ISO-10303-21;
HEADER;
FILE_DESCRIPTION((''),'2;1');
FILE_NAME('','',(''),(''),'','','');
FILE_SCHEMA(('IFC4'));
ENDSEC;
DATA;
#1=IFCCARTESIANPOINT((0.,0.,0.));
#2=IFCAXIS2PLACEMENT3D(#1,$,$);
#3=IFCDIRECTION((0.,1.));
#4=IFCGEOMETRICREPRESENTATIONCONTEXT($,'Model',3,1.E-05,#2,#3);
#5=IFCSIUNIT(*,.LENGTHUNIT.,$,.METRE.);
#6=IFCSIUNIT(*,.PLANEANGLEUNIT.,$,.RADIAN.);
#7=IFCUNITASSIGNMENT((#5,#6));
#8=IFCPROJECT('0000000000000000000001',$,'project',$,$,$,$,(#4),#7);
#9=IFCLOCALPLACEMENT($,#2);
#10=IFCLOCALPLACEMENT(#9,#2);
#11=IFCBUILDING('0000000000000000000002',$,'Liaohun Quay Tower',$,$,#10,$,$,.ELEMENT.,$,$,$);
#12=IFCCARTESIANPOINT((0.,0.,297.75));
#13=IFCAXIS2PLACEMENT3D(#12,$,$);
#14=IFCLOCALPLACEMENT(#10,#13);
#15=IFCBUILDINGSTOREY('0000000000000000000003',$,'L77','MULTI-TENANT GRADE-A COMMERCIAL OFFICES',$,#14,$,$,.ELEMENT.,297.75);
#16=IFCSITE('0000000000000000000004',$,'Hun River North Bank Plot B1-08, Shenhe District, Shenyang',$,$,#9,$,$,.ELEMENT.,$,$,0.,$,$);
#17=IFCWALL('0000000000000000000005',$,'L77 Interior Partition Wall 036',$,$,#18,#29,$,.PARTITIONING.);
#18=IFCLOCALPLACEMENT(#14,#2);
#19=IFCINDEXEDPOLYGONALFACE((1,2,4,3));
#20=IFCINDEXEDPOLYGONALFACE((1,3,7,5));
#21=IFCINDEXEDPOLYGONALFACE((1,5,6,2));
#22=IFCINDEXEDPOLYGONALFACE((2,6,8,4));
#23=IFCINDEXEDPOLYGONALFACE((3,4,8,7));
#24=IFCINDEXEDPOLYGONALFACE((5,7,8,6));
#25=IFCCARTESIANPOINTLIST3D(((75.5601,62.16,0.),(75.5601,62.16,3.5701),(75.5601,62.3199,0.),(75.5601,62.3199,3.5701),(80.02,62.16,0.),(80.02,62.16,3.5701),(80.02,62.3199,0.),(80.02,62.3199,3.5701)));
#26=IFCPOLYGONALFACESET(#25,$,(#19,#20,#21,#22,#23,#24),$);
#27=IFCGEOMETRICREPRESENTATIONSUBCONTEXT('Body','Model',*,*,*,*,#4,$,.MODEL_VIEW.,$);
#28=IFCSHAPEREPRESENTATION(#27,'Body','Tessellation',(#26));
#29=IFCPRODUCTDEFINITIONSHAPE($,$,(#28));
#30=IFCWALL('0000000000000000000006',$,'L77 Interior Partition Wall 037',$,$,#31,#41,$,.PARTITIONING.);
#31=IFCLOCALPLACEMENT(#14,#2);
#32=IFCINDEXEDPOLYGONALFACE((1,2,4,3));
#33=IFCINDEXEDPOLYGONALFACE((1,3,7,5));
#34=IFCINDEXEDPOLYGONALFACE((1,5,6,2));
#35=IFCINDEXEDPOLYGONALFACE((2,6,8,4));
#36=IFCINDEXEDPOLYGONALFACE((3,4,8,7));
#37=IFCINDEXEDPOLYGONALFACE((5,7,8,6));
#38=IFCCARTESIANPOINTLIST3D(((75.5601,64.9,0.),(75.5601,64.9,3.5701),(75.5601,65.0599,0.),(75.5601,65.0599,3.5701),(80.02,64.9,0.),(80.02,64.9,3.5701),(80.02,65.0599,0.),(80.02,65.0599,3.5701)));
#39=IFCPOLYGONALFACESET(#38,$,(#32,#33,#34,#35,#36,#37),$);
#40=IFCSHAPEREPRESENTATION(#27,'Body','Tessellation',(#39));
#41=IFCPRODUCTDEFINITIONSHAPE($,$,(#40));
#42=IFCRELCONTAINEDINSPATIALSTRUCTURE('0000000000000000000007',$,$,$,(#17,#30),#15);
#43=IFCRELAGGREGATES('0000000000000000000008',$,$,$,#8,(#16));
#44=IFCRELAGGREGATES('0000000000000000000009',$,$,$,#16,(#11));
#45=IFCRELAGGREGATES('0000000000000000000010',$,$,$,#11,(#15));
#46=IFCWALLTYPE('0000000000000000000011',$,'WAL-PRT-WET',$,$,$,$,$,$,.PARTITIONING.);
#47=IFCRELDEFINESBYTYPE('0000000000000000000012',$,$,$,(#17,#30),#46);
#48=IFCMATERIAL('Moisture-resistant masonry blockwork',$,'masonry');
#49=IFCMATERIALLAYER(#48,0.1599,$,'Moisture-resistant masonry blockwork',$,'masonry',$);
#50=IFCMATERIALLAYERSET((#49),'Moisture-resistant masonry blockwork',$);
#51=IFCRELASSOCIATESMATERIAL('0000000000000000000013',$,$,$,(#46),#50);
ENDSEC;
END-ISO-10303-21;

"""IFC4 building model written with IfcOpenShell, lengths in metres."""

from ifc_helpers import new_model, si_unit, direction, frame, frame_2d, origin, place, context, subcontext, project, spatial, rectangle, extrude, material, layer, layer_set, type_object, element, save


model = new_model("IFC4")

# Units and contexts
model_context = context("Model", 3, precision=1e-05, world=origin(), true_north=direction((0.0, 1.0)))
body_context = subcontext(model_context, "Body", "Model", "MODEL_VIEW")
ifc_project = project(units=[si_unit("LENGTHUNIT", "METRE"), si_unit("PLANEANGLEUNIT", "RADIAN")], contexts=[model_context])

# Site, building, storey
site_placement = place(None, origin())
site = spatial("IfcSite", under=ifc_project, at=site_placement, Name="Hun River North Bank Plot B1-08, Shenhe District, Shenyang", CompositionType="ELEMENT", RefElevation=0.0)
building_placement = place(site_placement, origin())
building = spatial("IfcBuilding", under=site, at=building_placement, Name="Liaohun Quay Tower", CompositionType="ELEMENT")
storey_placement = place(building_placement, frame((0.0, 0.0, 297.75)))
storey = spatial("IfcBuildingStorey", under=building, at=storey_placement, Name="L77", Description="MULTI-TENANT GRADE-A COMMERCIAL OFFICES", CompositionType="ELEMENT", Elevation=297.75)

# Shared definitions
ifc_material_1 = material(Name="Moisture-resistant masonry blockwork", Category="masonry")
ifc_layer_1 = layer(ifc_material_1, 0.1599, Name="Moisture-resistant masonry blockwork", Category="masonry")
ifc_layer_set_1 = layer_set([ifc_layer_1], Name="Moisture-resistant masonry blockwork")
wall_type_1 = type_object("IfcWallType", Name="WAL-PRT-WET", PredefinedType="PARTITIONING", material=ifc_layer_set_1)

# Walls
for number, where, z_axis, x_axis, name in (
    (1, (75.5601, 62.24, 0.0), (0.0, 0.0, 1.0), (1.0, 0.0, 0.0), "L77 Interior Partition Wall 036"),
    (2, (75.5601, 64.98, 0.0), (0.0, 0.0, 1.0), (1.0, 0.0, 0.0), "L77 Interior Partition Wall 037"),
):
    element("IfcWall", number, at=place(storey_placement, frame(where, z_axis=z_axis, x_axis=x_axis)), inside=storey, type_object=wall_type_1, Name=name, PredefinedType="PARTITIONING", context=body_context, shape_type="SweptSolid", body=[
        extrude(rectangle(XDim=4.46, YDim=0.1599, at=frame_2d((2.23, 0.0))), origin(), (0.0, 0.0, 1.0), 3.5701),
    ])

save(model, "model.ifc")
